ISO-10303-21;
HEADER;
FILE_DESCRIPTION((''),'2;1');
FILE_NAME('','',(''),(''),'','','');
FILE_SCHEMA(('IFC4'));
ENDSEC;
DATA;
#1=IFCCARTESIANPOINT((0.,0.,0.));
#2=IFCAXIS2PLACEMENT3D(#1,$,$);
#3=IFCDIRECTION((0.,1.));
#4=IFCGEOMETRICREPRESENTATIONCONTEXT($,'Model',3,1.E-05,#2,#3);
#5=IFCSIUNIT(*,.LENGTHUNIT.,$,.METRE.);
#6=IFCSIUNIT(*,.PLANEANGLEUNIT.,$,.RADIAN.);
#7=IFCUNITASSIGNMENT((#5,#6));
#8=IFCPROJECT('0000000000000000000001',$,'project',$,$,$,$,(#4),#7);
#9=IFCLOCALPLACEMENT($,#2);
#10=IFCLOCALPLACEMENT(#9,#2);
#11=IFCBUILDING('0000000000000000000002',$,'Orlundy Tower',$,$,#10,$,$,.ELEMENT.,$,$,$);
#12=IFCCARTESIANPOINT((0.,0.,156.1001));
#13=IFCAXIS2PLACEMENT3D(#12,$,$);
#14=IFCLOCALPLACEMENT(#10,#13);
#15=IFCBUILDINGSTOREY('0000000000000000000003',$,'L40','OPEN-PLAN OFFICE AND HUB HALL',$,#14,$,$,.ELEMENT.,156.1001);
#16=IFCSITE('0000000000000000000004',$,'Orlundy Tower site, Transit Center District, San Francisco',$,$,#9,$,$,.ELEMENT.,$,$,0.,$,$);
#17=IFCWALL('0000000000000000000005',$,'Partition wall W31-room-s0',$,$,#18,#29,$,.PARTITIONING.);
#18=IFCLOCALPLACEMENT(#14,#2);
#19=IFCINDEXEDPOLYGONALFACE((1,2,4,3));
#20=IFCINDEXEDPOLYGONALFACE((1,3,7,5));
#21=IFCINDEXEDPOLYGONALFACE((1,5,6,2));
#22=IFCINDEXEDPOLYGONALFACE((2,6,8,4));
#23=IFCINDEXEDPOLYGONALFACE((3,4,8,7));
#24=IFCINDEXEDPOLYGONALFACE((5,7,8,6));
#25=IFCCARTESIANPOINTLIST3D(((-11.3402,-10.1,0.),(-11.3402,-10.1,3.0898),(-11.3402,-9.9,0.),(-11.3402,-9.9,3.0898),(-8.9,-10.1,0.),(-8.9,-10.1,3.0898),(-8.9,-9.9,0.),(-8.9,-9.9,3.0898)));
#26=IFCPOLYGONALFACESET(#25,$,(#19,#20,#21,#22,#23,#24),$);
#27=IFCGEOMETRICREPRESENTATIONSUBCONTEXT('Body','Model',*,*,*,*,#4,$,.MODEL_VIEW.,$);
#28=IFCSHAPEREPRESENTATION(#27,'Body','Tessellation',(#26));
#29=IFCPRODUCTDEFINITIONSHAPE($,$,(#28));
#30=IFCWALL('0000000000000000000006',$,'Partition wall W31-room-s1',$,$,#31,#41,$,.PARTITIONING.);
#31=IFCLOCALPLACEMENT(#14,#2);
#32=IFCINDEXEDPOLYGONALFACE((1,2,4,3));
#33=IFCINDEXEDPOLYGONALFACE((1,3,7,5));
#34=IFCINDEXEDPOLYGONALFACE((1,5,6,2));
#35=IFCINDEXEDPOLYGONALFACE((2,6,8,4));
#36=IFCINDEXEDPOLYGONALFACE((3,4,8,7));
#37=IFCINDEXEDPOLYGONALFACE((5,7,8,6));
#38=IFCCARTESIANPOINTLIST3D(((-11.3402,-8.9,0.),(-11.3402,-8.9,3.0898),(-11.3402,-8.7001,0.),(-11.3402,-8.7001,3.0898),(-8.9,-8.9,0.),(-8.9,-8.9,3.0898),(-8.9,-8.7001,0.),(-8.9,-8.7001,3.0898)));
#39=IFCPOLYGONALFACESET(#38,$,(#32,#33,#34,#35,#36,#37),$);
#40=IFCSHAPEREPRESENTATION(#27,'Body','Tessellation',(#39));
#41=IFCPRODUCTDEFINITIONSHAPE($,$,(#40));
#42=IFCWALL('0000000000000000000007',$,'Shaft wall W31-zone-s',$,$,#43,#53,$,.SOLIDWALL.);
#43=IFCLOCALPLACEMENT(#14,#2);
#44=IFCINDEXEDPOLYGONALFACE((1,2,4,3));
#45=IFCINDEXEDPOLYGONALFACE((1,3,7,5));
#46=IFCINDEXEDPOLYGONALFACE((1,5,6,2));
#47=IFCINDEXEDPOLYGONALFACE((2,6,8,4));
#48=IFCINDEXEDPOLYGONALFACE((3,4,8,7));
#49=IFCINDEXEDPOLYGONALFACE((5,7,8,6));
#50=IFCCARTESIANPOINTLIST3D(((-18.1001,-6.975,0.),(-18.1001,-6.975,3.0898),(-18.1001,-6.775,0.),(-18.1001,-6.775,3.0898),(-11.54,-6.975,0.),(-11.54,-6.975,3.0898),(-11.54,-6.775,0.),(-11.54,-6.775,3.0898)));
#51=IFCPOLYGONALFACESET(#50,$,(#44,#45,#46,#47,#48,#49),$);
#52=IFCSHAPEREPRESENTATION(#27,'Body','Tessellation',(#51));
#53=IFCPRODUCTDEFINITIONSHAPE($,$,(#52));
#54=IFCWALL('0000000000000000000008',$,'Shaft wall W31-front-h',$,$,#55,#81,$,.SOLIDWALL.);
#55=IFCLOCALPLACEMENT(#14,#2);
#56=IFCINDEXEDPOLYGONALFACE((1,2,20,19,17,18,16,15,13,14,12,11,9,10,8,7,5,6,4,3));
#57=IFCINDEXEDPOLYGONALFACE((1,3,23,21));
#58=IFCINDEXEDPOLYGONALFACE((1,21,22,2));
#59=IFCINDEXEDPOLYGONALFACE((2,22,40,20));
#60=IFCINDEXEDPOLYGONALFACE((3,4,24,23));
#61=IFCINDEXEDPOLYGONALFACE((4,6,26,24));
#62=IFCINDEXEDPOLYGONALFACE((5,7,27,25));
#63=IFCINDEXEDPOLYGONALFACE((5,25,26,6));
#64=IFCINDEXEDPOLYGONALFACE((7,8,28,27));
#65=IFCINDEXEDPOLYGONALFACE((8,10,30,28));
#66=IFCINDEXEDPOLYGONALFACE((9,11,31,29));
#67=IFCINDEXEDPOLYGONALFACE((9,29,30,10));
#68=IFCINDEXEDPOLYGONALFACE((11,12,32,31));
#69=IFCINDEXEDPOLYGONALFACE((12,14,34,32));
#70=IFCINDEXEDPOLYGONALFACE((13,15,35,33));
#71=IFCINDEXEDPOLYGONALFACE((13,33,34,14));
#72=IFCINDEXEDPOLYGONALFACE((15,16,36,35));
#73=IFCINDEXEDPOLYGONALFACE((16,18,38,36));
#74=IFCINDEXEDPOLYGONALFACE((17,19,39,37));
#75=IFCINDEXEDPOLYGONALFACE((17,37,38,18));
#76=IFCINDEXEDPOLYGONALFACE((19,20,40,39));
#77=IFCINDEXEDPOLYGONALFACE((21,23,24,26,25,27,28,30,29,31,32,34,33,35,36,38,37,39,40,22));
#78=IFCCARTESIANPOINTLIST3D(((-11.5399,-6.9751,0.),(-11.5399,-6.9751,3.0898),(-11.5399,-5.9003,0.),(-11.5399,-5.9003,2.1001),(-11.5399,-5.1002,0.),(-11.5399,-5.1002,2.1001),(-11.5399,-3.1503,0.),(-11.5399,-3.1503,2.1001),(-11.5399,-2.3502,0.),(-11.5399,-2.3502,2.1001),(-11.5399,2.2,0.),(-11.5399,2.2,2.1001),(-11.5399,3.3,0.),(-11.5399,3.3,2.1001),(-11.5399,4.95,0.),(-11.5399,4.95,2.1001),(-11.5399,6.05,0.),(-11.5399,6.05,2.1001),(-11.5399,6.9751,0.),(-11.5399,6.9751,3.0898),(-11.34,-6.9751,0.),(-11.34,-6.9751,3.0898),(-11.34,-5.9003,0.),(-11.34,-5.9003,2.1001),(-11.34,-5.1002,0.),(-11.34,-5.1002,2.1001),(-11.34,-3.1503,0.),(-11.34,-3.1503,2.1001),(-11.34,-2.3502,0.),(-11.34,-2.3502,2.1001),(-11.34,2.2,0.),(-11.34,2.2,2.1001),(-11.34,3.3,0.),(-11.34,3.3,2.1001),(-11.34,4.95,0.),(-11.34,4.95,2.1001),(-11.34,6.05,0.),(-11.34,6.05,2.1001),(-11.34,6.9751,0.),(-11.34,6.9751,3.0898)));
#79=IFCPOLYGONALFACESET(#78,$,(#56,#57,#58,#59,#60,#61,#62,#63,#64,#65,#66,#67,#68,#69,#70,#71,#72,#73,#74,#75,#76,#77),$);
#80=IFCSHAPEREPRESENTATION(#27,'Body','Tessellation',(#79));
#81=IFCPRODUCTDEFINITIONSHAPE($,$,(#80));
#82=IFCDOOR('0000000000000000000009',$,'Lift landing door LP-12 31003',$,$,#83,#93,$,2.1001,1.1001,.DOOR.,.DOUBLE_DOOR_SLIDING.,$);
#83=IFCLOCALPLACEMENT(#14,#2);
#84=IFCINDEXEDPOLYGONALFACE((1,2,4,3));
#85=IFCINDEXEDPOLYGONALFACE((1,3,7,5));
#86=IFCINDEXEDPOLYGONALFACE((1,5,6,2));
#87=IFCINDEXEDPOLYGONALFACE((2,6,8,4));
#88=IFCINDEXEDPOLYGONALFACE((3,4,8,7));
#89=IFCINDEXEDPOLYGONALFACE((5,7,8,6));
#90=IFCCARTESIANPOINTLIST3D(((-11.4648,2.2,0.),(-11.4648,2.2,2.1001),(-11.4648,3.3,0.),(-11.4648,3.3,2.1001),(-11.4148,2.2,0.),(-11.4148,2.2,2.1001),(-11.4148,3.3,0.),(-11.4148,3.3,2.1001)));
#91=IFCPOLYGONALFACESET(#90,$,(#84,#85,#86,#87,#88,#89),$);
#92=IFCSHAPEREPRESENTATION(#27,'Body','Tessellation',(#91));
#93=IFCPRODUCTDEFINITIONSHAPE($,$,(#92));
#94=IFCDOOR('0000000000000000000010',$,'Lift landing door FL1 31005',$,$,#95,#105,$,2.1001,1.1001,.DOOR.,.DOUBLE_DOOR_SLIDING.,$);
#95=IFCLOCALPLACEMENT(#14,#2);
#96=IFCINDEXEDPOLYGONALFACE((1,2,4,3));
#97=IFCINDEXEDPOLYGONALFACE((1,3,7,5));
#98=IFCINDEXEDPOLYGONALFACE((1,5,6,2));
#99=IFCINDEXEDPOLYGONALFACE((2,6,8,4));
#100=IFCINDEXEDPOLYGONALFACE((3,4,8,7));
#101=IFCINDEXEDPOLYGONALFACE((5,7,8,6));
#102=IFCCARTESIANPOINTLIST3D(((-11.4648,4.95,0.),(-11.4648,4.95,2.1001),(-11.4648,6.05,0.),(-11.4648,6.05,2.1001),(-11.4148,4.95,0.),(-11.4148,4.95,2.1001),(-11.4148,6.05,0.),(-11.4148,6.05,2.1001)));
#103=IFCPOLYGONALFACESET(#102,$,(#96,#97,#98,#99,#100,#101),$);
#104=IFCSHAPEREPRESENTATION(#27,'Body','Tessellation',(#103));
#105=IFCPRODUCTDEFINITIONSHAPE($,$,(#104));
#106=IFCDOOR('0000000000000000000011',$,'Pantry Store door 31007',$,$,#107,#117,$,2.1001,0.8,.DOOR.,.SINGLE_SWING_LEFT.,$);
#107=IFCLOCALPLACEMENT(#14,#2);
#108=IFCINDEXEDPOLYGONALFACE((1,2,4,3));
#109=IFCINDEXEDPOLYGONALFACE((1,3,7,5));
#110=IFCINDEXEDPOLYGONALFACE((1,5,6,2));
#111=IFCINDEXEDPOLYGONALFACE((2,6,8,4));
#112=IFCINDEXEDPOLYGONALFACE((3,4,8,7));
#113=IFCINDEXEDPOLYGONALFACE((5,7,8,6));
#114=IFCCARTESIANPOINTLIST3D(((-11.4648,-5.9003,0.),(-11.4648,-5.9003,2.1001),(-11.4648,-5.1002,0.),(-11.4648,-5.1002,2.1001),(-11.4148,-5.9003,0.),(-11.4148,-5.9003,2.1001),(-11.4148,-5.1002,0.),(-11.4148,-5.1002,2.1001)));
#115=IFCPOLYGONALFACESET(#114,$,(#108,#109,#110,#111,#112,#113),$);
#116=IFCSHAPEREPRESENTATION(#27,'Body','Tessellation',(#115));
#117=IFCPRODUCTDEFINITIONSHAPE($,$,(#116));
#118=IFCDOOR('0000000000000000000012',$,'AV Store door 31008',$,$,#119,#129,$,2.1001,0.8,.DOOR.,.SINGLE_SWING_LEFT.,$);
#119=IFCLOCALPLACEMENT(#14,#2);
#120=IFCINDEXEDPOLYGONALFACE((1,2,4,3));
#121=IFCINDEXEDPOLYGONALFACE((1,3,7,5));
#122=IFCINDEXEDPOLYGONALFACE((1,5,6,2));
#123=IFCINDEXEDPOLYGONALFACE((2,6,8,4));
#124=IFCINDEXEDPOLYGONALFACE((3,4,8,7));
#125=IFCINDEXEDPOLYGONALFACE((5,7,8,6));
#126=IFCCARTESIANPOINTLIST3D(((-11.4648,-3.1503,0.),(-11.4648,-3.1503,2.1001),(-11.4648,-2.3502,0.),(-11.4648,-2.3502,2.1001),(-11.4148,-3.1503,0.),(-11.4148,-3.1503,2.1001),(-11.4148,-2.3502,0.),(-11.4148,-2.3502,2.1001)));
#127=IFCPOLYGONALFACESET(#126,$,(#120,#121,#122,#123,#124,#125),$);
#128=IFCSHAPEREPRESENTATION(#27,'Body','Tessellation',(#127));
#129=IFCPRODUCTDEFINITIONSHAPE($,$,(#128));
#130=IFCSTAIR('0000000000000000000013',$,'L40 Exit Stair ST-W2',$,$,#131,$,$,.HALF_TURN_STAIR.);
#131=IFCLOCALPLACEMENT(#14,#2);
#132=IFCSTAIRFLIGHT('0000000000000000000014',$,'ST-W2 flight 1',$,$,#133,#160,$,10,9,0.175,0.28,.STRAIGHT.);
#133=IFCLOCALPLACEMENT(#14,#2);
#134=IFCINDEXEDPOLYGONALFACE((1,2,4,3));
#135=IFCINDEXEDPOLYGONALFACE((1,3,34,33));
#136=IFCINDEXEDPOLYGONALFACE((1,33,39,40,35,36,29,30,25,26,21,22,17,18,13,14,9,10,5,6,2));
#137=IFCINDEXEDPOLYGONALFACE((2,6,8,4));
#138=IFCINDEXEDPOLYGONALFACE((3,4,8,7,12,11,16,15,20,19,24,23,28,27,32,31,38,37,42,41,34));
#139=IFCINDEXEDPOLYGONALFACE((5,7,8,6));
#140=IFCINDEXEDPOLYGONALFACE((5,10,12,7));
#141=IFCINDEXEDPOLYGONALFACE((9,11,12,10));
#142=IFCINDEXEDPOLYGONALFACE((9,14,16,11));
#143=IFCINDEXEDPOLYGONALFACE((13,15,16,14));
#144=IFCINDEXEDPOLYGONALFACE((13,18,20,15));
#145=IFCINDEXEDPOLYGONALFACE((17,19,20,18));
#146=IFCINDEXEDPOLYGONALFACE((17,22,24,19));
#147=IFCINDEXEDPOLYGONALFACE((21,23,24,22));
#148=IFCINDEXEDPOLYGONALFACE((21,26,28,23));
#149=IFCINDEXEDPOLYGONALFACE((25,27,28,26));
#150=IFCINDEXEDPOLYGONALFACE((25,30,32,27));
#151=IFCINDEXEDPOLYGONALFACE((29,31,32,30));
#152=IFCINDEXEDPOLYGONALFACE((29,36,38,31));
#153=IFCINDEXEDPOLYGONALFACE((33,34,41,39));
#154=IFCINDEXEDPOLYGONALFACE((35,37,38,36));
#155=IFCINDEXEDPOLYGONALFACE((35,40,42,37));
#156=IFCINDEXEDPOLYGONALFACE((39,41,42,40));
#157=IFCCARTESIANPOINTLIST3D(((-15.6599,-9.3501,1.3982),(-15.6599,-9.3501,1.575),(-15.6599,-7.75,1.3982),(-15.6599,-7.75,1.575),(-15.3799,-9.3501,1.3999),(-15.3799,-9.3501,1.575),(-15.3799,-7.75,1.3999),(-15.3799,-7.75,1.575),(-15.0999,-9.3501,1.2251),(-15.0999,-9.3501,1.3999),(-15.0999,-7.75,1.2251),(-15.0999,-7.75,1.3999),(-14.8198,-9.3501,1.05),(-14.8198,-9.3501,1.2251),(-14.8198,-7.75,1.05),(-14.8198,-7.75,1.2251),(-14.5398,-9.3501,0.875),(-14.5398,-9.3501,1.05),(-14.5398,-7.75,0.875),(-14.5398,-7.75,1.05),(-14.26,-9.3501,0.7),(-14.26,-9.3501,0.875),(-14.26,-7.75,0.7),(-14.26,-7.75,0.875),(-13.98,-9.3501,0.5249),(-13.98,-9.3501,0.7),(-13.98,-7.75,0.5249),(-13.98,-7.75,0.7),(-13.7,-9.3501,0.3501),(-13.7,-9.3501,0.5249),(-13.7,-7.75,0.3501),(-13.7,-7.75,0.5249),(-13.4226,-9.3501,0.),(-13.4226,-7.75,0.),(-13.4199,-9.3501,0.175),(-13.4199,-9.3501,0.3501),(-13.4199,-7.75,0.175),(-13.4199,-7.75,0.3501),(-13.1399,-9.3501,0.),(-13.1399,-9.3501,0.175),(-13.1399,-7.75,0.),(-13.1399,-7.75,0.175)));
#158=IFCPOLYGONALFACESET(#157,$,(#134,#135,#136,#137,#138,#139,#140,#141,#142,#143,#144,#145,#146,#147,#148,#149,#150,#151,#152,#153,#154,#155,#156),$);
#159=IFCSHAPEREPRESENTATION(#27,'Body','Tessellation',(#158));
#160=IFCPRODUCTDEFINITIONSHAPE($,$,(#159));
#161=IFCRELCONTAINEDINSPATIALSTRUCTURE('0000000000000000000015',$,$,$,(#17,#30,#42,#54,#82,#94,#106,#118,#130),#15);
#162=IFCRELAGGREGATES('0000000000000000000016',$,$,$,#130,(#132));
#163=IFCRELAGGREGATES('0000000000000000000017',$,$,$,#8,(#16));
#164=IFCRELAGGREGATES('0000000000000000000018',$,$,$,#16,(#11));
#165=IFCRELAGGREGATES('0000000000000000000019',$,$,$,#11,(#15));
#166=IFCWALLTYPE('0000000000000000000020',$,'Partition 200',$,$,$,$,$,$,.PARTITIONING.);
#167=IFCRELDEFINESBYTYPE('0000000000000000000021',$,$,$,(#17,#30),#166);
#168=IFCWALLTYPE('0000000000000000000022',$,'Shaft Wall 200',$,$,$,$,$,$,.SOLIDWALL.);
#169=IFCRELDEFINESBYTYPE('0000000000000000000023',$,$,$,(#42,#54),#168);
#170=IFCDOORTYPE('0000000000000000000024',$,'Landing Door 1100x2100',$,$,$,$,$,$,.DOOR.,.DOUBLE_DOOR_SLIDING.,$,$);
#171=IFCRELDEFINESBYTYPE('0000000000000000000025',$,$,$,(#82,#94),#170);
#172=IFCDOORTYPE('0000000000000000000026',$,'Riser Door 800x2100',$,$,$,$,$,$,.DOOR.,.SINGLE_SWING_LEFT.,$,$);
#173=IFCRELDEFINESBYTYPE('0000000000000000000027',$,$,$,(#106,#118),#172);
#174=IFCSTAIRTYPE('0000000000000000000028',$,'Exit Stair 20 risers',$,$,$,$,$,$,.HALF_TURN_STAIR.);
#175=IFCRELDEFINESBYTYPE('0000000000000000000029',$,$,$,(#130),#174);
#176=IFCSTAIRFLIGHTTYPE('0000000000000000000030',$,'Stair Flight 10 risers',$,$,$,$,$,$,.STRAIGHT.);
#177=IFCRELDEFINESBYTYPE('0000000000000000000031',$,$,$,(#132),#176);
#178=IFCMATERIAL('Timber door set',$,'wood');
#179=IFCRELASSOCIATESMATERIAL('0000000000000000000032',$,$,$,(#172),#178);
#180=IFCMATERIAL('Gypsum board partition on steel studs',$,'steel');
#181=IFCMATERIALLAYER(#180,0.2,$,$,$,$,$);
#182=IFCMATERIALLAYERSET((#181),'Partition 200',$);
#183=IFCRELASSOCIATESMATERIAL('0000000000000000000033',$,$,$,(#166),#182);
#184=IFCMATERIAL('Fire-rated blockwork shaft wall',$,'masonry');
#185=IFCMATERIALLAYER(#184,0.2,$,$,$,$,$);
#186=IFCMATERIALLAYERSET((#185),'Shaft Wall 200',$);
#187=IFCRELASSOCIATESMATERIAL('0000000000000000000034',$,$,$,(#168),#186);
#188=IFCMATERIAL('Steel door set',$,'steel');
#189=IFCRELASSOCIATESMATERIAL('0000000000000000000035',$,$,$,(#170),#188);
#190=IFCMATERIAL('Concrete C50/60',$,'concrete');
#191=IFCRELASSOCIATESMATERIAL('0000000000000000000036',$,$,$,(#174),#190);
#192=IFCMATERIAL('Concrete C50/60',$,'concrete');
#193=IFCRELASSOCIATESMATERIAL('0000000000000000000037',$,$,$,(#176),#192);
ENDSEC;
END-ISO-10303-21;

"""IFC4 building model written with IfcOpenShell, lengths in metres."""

from ifc_helpers import new_model, si_unit, direction, frame, frame_2d, origin, place, context, subcontext, project, spatial, polyline, rectangle, outline, extrude, material, layer, layer_set, type_object, element, fill, aggregate, save


model = new_model("IFC4")

# Units and contexts
model_context = context("Model", 3, precision=1e-05, world=origin(), true_north=direction((0.0, 1.0)))
body_context = subcontext(model_context, "Body", "Model", "MODEL_VIEW")
ifc_project = project(units=[si_unit("LENGTHUNIT", "METRE"), si_unit("PLANEANGLEUNIT", "RADIAN")], contexts=[model_context])

# Site, building, storey
site_placement = place(None, origin())
site = spatial("IfcSite", under=ifc_project, at=site_placement, Name="Orlundy Tower site, Transit Center District, San Francisco", CompositionType="ELEMENT", RefElevation=0.0)
building_placement = place(site_placement, origin())
building = spatial("IfcBuilding", under=site, at=building_placement, Name="Orlundy Tower", CompositionType="ELEMENT")
storey_placement = place(building_placement, frame((0.0, 0.0, 156.1001)))
storey = spatial("IfcBuildingStorey", under=building, at=storey_placement, Name="L40", Description="OPEN-PLAN OFFICE AND HUB HALL", CompositionType="ELEMENT", Elevation=156.1001)

# Shared definitions
ifc_material_1 = material(Name="Timber door set", Category="wood")
door_type_1 = type_object("IfcDoorType", Name="Riser Door 800x2100", OperationType="SINGLE_SWING_LEFT", PredefinedType="DOOR", material=ifc_material_1)

# Walls
ifc_material_2 = material(Name="Gypsum board partition on steel studs", Category="steel")
ifc_layer_1 = layer(ifc_material_2, 0.2)
ifc_layer_set_1 = layer_set([ifc_layer_1], Name="Partition 200")
wall_type_1 = type_object("IfcWallType", Name="Partition 200", PredefinedType="PARTITIONING", material=ifc_layer_set_1)
for number, where, z_axis, x_axis, name in (
    (1, (-8.8999, -10.0, 0.0), (0.0, 0.0, 1.0), (-1.0, 0.0, 0.0), "Partition wall W31-room-s0"),
    (2, (-8.8999, -8.8, 0.0), (0.0, 0.0, 1.0), (-1.0, 0.0, 0.0), "Partition wall W31-room-s1"),
):
    element("IfcWall", number, at=place(storey_placement, frame(where, z_axis=z_axis, x_axis=x_axis)), inside=storey, type_object=wall_type_1, Name=name, PredefinedType="PARTITIONING", context=body_context, shape_type="SweptSolid", body=[
        extrude(rectangle(XDim=2.4402, YDim=0.2, at=frame_2d((1.2202, 0.0))), origin(), (0.0, 0.0, 1.0), 3.0898),
    ])
ifc_material_3 = material(Name="Fire-rated blockwork shaft wall", Category="masonry")
ifc_layer_2 = layer(ifc_material_3, 0.2)
ifc_layer_set_2 = layer_set([ifc_layer_2], Name="Shaft Wall 200")
wall_type_2 = type_object("IfcWallType", Name="Shaft Wall 200", PredefinedType="SOLIDWALL", material=ifc_layer_set_2)
wall_1_placement = place(storey_placement, frame((-11.54, -6.875, 0.0), z_axis=(0.0, 0.0, 1.0), x_axis=(-1.0, 0.0, 0.0)))
element("IfcWall", 3, at=wall_1_placement, inside=storey, type_object=wall_type_2, Name="Shaft wall W31-zone-s", PredefinedType="SOLIDWALL", context=body_context, shape_type="SweptSolid", body=[
    extrude(rectangle(XDim=6.5601, YDim=0.2, at=frame_2d((3.28, 0.0))), origin(), (0.0, 0.0, 1.0), 3.0898),
])

# Wall, openings, doors
wall_2_placement = place(storey_placement, frame((-11.4399, -6.9751, 0.0), z_axis=(0.0, 0.0, 1.0), x_axis=(0.0, 1.0, 0.0)))
wall_2 = element("IfcWall", 4, at=wall_2_placement, inside=storey, type_object=wall_type_2, Name="Shaft wall W31-front-h", PredefinedType="SOLIDWALL", context=body_context, shape_type="SweptSolid", body=[
    extrude(rectangle(XDim=13.9502, YDim=0.2, at=frame_2d((6.9751, 0.0))), origin(), (0.0, 0.0, 1.0), 3.0898),
])
opening_1_placement = place(wall_2_placement, frame((9.175, 0.0, 0.0)))
opening_1 = element("IfcOpeningElement", 5, at=opening_1_placement, cuts=wall_2, PredefinedType="OPENING", context=body_context, shape_type="SweptSolid", body=[
    extrude(rectangle(XDim=1.1001, YDim=2.1001, at=frame_2d((0.55, 1.05))), frame((0.0, 0.1101, 0.0), z_axis=(0.0, -1.0, 0.0), x_axis=(1.0, 0.0, 0.0)), (0.0, 0.0, 1.0), 0.2202),
])
opening_2_placement = place(wall_2_placement, frame((11.925, 0.0, 0.0)))
opening_2 = element("IfcOpeningElement", 6, at=opening_2_placement, cuts=wall_2, PredefinedType="OPENING", context=body_context, shape_type="SweptSolid", body=[
    extrude(rectangle(XDim=1.1001, YDim=2.1001, at=frame_2d((0.55, 1.05))), frame((0.0, 0.1101, 0.0), z_axis=(0.0, -1.0, 0.0), x_axis=(1.0, 0.0, 0.0)), (0.0, 0.0, 1.0), 0.2202),
])
opening_3_placement = place(wall_2_placement, frame((1.075, 0.0, 0.0)))
opening_3 = element("IfcOpeningElement", 7, at=opening_3_placement, cuts=wall_2, PredefinedType="OPENING", context=body_context, shape_type="SweptSolid", body=[
    extrude(rectangle(XDim=0.8, YDim=2.1001, at=frame_2d((0.3999, 1.05))), frame((0.0, 0.1101, 0.0), z_axis=(0.0, -1.0, 0.0), x_axis=(1.0, 0.0, 0.0)), (0.0, 0.0, 1.0), 0.2202),
])
opening_4_placement = place(wall_2_placement, frame((3.825, 0.0, 0.0)))
opening_4 = element("IfcOpeningElement", 8, at=opening_4_placement, cuts=wall_2, PredefinedType="OPENING", context=body_context, shape_type="SweptSolid", body=[
    extrude(rectangle(XDim=0.8, YDim=2.1001, at=frame_2d((0.3999, 1.05))), frame((0.0, 0.1101, 0.0), z_axis=(0.0, -1.0, 0.0), x_axis=(1.0, 0.0, 0.0)), (0.0, 0.0, 1.0), 0.2202),
])
ifc_material_4 = material(Name="Steel door set", Category="steel")
door_type_2 = type_object("IfcDoorType", Name="Landing Door 1100x2100", OperationType="DOUBLE_DOOR_SLIDING", PredefinedType="DOOR", material=ifc_material_4)
door_1_placement = place(opening_1_placement, origin())
door_1 = element("IfcDoor", 9, at=door_1_placement, inside=storey, type_object=door_type_2, Name="Lift landing door LP-12 31003", OperationType="DOUBLE_DOOR_SLIDING", OverallHeight=2.1001, OverallWidth=1.1001, PredefinedType="DOOR", context=body_context, shape_type="SweptSolid", body=[
    extrude(rectangle(XDim=1.1001, YDim=2.1001, at=frame_2d((0.55, 1.05))), frame((0.0, 0.0249, 0.0), z_axis=(0.0, -1.0, 0.0), x_axis=(1.0, 0.0, 0.0)), (0.0, 0.0, 1.0), 0.05),
])
fill(opening_1, door_1)
door_2_placement = place(opening_2_placement, origin())
door_2 = element("IfcDoor", 10, at=door_2_placement, inside=storey, type_object=door_type_2, Name="Lift landing door FL1 31005", OperationType="DOUBLE_DOOR_SLIDING", OverallHeight=2.1001, OverallWidth=1.1001, PredefinedType="DOOR", context=body_context, shape_type="SweptSolid", body=[
    extrude(rectangle(XDim=1.1001, YDim=2.1001, at=frame_2d((0.55, 1.05))), frame((0.0, 0.0249, 0.0), z_axis=(0.0, -1.0, 0.0), x_axis=(1.0, 0.0, 0.0)), (0.0, 0.0, 1.0), 0.05),
])
fill(opening_2, door_2)
door_3_placement = place(opening_3_placement, origin())
door_3 = element("IfcDoor", 11, at=door_3_placement, inside=storey, type_object=door_type_1, Name="Pantry Store door 31007", OperationType="SINGLE_SWING_LEFT", OverallHeight=2.1001, OverallWidth=0.8, PredefinedType="DOOR", context=body_context, shape_type="SweptSolid", body=[
    extrude(rectangle(XDim=0.8, YDim=2.1001, at=frame_2d((0.3999, 1.05))), frame((0.0, 0.0249, 0.0), z_axis=(0.0, -1.0, 0.0), x_axis=(1.0, 0.0, 0.0)), (0.0, 0.0, 1.0), 0.05),
])
fill(opening_3, door_3)
door_4_placement = place(opening_4_placement, origin())
door_4 = element("IfcDoor", 12, at=door_4_placement, inside=storey, type_object=door_type_1, Name="AV Store door 31008", OperationType="SINGLE_SWING_LEFT", OverallHeight=2.1001, OverallWidth=0.8, PredefinedType="DOOR", context=body_context, shape_type="SweptSolid", body=[
    extrude(rectangle(XDim=0.8, YDim=2.1001, at=frame_2d((0.3999, 1.05))), frame((0.0, 0.0249, 0.0), z_axis=(0.0, -1.0, 0.0), x_axis=(1.0, 0.0, 0.0)), (0.0, 0.0, 1.0), 0.05),
])
fill(opening_4, door_4)

# Stair, stair flight
ifc_material_5 = material(Name="Concrete C50/60", Category="concrete")
stair_type = type_object("IfcStairType", Name="Exit Stair 20 risers", PredefinedType="HALF_TURN_STAIR", material=ifc_material_5)
stair_placement = place(storey_placement, origin())
stair = element("IfcStair", 13, at=stair_placement, inside=storey, type_object=stair_type, Name="L40 Exit Stair ST-W2", PredefinedType="HALF_TURN_STAIR")
ifc_material_6 = material(Name="Concrete C50/60", Category="concrete")
stair_flight_type = type_object("IfcStairFlightType", Name="Stair Flight 10 risers", PredefinedType="STRAIGHT", material=ifc_material_6)
stair_flight_placement = place(storey_placement, frame((-13.1399, -8.55, 0.0), z_axis=(0.0, 0.0, 1.0), x_axis=(-1.0, 0.0, 0.0)))
stair_flight = element("IfcStairFlight", 14, at=stair_flight_placement, type_object=stair_flight_type, Name="ST-W2 flight 1", NumberOfRisers=10, NumberOfTreads=9, PredefinedType="STRAIGHT", RiserHeight=0.175, TreadLength=0.28, context=body_context, shape_type="SweptSolid", body=[
    extrude(outline(polyline([(0.0, 0.0), (0.0, 0.175), (0.28, 0.175), (0.28, 0.3501), (0.5601, 0.3501), (0.5601, 0.5249), (0.8401, 0.5249), (0.8401, 0.7), (1.1201, 0.7), (1.1201, 0.875), (1.3999, 0.875), (1.3999, 1.05), (1.6799, 1.05), (1.6799, 1.2251), (1.96, 1.2251), (1.96, 1.3999), (2.24, 1.3999), (2.24, 1.575), (2.52, 1.575), (2.52, 1.75), (2.52, 1.3982), (0.2827, 0.0), (0.0, 0.0)])), frame((0.0, 0.8, 0.0), z_axis=(0.0, -1.0, 0.0), x_axis=(1.0, 0.0, 0.0)), (0.0, 0.0, 1.0), 1.6001),
])
aggregate(stair, [stair_flight])

save(model, "model.ifc")
